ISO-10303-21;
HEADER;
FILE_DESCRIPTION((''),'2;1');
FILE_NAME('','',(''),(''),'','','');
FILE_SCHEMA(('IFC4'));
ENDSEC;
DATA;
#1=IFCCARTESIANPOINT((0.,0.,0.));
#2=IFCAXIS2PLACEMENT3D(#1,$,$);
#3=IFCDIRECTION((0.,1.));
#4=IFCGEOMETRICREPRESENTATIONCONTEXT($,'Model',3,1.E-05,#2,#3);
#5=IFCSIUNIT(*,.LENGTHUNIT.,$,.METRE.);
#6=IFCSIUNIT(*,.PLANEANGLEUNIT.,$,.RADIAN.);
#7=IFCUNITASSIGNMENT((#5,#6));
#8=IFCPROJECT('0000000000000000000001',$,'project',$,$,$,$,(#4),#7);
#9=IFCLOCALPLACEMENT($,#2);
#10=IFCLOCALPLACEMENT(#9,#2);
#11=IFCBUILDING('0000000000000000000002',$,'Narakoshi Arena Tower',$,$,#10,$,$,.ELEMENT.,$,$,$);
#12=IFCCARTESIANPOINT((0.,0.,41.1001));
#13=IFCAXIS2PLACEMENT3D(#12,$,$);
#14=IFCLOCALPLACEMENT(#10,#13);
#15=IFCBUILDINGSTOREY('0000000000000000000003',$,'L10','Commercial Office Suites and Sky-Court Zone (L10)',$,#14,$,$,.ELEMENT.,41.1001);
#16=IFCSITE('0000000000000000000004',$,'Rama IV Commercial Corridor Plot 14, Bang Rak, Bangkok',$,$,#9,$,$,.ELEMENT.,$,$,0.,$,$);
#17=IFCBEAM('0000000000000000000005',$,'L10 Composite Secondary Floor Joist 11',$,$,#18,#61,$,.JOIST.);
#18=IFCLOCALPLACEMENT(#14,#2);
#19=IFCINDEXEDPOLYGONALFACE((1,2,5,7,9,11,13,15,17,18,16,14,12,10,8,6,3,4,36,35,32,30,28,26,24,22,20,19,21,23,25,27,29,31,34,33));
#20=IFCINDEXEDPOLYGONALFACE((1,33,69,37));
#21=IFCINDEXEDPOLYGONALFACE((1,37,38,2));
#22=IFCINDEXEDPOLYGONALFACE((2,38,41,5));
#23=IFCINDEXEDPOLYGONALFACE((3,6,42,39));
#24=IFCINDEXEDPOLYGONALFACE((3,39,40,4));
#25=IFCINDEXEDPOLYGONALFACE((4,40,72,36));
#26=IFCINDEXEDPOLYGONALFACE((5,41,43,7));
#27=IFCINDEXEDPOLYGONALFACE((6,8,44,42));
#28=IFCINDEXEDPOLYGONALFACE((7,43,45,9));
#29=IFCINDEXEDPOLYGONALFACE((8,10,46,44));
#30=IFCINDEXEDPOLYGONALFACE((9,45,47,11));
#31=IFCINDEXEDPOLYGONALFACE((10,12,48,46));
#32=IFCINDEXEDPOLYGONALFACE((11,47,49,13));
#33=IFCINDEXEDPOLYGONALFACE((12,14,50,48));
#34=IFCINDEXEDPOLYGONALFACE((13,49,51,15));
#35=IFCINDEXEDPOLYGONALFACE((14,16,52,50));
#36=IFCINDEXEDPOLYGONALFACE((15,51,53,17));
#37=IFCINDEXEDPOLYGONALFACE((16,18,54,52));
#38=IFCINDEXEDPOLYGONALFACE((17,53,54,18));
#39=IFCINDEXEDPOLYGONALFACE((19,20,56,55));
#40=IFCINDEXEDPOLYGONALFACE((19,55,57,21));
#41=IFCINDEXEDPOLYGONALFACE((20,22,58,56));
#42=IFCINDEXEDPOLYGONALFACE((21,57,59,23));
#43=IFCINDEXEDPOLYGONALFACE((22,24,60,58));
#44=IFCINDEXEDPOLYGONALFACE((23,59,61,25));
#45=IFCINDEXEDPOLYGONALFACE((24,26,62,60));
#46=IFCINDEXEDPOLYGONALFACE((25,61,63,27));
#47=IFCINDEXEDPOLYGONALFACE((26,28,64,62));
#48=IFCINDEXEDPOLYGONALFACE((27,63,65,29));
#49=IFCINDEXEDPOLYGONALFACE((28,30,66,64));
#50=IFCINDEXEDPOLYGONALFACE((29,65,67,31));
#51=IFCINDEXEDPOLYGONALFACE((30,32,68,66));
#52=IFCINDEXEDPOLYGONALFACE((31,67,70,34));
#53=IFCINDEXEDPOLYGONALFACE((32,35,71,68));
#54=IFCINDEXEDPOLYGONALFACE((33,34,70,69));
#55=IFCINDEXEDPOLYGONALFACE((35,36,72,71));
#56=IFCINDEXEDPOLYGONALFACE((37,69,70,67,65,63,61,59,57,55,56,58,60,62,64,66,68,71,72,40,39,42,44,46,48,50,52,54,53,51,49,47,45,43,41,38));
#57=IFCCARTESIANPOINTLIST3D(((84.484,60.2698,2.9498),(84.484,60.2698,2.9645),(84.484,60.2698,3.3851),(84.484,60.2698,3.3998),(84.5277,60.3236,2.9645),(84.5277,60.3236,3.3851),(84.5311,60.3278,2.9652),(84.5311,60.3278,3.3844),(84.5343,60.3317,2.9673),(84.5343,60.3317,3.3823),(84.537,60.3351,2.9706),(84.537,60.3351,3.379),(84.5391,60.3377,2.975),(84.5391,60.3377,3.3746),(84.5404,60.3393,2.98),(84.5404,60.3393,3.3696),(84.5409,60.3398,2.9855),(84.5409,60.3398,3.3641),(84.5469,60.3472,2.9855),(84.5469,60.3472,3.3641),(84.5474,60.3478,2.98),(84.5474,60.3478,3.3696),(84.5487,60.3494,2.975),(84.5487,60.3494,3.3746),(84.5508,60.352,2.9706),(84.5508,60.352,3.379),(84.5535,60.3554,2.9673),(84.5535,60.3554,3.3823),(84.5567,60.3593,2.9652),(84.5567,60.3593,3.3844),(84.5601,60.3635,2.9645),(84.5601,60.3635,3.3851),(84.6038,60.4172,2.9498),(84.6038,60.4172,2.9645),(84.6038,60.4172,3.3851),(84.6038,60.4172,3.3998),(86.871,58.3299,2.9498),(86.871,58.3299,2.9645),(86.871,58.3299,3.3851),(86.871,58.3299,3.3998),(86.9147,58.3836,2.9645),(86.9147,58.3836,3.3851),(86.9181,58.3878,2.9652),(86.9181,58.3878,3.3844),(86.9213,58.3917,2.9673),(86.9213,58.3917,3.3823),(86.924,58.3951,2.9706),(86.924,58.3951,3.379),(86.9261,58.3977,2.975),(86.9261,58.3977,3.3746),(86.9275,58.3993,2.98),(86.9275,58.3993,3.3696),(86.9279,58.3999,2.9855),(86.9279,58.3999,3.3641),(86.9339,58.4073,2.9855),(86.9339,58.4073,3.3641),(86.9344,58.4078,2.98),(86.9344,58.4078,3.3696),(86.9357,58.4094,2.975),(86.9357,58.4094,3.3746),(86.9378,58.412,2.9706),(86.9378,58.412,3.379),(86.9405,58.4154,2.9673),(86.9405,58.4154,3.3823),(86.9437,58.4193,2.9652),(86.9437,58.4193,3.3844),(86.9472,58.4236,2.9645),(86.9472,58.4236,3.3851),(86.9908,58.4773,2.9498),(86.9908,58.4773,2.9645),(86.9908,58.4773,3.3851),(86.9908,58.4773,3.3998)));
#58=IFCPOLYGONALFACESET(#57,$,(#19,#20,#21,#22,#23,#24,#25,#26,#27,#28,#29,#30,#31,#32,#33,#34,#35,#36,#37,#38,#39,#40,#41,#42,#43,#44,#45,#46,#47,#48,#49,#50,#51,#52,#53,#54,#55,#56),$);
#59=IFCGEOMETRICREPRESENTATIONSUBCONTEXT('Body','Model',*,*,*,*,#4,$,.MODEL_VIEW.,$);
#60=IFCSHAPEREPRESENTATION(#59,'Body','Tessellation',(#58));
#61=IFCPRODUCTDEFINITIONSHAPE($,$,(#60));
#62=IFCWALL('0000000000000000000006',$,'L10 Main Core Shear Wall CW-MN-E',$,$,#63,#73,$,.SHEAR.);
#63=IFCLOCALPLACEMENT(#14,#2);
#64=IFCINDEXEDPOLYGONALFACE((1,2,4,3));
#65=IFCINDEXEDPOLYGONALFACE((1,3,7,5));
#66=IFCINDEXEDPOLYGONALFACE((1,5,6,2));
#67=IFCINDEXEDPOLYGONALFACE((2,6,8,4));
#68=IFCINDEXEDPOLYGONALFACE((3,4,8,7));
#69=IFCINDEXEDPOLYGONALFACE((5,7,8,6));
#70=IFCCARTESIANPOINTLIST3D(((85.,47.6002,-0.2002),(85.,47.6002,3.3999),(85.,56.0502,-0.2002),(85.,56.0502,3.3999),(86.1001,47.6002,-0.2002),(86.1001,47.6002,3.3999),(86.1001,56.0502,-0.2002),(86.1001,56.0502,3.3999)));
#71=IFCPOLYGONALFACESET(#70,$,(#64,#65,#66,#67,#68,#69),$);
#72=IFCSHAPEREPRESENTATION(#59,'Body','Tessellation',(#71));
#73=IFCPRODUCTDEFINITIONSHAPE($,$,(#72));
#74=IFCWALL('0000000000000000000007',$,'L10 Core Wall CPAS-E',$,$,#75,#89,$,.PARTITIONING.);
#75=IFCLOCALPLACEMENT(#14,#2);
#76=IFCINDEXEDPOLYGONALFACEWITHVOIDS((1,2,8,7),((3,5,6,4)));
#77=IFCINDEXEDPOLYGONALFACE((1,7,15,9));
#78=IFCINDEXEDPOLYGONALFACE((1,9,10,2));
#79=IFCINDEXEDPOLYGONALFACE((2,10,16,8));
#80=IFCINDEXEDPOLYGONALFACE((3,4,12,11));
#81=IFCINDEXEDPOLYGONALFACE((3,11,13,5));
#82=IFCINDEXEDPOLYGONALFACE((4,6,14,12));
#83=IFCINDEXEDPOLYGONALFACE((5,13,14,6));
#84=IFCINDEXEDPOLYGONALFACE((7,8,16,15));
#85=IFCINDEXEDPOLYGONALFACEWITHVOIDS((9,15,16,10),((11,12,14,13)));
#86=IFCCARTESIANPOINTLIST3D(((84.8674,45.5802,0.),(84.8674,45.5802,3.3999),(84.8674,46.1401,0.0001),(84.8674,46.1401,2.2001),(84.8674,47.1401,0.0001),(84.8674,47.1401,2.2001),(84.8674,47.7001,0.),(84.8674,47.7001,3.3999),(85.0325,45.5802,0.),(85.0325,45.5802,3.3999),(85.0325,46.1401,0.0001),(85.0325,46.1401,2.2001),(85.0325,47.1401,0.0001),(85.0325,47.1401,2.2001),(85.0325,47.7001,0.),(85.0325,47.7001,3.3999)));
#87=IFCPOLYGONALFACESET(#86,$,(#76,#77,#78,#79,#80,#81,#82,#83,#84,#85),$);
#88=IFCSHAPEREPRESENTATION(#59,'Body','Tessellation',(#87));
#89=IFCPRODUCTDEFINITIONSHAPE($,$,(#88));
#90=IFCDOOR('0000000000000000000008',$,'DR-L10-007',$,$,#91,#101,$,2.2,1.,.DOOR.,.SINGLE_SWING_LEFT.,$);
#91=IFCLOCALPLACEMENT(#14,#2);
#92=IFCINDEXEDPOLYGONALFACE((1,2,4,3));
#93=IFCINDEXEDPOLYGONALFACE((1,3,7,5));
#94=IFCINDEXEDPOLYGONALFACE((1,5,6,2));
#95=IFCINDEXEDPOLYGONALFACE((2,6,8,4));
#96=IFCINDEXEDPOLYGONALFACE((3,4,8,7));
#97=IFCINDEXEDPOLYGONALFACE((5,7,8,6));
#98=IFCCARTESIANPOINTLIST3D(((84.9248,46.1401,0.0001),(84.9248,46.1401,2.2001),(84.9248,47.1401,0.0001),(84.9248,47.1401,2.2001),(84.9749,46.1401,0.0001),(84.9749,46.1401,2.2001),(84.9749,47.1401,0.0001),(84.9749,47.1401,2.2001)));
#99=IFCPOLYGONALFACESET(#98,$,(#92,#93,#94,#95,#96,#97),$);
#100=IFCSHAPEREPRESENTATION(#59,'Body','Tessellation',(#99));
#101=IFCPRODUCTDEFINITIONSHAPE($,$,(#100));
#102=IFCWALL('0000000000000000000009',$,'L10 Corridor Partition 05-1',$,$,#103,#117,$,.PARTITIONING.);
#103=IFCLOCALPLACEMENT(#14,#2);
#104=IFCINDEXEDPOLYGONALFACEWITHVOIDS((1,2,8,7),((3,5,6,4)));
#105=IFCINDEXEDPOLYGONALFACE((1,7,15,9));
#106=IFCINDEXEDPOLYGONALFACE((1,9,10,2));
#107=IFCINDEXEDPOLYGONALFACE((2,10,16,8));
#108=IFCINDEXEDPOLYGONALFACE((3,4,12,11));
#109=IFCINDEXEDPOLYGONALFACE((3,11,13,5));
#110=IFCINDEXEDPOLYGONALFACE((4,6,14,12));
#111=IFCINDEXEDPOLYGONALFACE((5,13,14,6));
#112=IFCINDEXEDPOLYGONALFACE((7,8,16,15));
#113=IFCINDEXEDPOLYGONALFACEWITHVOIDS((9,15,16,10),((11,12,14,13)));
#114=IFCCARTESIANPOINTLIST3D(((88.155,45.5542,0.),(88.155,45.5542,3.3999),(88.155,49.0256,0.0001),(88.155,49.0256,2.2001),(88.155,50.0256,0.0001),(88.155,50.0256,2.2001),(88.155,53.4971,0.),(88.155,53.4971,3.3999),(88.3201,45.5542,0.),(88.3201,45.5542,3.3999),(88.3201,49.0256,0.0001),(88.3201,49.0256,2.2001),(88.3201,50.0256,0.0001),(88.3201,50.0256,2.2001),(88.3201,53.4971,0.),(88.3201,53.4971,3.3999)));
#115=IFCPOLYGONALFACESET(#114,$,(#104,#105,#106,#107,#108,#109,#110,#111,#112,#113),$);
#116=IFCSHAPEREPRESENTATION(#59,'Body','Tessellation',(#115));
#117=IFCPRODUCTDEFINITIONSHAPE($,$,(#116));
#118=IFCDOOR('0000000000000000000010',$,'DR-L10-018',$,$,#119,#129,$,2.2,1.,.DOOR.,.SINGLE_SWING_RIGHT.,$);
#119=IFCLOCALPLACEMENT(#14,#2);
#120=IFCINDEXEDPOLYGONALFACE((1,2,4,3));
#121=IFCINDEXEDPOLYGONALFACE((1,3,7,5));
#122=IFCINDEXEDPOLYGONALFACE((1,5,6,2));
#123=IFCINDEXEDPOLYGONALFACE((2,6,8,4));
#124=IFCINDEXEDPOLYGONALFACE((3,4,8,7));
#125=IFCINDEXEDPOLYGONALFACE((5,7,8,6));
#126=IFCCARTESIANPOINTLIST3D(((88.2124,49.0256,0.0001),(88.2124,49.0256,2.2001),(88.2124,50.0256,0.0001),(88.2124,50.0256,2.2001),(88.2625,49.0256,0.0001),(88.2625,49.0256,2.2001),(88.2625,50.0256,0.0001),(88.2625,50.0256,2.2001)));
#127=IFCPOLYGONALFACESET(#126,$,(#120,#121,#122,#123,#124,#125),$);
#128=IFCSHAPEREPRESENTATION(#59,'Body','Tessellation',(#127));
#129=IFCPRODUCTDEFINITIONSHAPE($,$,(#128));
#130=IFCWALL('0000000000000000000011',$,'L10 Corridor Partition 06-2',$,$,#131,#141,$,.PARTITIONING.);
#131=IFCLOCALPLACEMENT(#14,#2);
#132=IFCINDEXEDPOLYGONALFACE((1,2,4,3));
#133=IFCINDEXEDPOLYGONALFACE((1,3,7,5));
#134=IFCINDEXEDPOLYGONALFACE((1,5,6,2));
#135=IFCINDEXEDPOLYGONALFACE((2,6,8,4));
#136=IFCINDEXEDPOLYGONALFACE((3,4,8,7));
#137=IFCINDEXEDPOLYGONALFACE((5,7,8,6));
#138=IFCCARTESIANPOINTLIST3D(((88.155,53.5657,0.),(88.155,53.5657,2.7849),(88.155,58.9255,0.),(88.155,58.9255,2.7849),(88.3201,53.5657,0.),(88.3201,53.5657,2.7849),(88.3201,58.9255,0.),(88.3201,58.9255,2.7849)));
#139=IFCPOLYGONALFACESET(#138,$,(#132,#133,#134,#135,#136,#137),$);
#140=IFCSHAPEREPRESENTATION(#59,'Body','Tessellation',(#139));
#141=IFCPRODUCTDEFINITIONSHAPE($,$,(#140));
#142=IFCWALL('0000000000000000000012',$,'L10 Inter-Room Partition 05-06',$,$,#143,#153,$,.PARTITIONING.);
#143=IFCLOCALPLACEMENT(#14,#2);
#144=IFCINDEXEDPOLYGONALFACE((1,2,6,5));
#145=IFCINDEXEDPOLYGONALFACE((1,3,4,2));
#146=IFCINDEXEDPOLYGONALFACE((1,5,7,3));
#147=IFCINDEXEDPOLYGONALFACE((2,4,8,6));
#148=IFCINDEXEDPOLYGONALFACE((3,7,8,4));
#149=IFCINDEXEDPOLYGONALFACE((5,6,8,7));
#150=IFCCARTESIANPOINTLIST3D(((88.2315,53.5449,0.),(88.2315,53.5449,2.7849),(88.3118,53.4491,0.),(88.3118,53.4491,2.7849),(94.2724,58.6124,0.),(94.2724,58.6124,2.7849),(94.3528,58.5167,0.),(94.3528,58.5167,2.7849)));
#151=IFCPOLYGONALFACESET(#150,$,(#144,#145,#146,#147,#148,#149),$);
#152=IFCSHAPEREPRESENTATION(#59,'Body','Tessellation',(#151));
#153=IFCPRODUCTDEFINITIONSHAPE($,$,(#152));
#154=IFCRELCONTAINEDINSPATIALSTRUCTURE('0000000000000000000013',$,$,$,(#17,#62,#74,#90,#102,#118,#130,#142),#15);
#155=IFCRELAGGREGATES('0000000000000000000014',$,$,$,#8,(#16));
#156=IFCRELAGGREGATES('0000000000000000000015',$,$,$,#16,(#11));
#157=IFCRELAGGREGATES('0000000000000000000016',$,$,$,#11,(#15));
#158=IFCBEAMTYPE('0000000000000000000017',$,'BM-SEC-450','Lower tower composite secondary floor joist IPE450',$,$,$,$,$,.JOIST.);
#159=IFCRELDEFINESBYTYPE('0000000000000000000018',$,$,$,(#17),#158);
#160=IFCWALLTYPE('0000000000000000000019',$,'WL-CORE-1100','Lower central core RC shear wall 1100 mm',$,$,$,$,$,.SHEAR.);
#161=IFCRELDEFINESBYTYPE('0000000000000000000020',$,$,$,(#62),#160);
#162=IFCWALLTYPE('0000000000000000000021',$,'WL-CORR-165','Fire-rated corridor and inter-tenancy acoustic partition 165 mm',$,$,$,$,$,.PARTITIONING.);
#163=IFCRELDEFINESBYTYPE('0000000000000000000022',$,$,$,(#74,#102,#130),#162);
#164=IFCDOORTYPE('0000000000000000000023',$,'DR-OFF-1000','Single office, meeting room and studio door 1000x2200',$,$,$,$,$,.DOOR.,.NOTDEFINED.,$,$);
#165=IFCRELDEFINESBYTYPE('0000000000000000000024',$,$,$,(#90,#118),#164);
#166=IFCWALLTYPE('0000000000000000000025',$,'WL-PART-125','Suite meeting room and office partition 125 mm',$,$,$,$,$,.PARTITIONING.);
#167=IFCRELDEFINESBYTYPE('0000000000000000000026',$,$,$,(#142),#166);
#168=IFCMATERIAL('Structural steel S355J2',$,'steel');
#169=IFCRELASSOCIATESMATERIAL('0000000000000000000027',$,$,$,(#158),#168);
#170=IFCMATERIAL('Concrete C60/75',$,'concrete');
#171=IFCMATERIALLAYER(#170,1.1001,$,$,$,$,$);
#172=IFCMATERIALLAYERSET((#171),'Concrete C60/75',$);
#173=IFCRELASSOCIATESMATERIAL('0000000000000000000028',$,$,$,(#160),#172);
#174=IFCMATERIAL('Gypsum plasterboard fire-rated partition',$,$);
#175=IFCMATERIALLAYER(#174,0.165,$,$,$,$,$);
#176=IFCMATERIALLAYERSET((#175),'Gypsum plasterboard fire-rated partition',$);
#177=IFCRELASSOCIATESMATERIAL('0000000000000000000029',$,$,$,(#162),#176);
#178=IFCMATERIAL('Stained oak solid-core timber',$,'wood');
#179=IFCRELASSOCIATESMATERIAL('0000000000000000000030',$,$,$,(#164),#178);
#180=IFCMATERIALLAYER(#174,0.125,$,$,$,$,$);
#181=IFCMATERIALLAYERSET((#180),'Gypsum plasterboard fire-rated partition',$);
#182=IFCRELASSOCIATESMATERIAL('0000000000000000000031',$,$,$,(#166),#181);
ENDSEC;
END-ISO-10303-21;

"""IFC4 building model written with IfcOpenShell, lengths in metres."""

from ifc_helpers import new_model, si_unit, direction, frame, frame_2d, origin, origin_2d, place, context, subcontext, project, spatial, rectangle, i_section, extrude, material, layer, layer_set, material_profile, profile_set, type_object, element, fill, save


model = new_model("IFC4")

# Units and contexts
model_context = context("Model", 3, precision=1e-05, world=origin(), true_north=direction((0.0, 1.0)))
body_context = subcontext(model_context, "Body", "Model", "MODEL_VIEW")
ifc_project = project(units=[si_unit("LENGTHUNIT", "METRE"), si_unit("PLANEANGLEUNIT", "RADIAN")], contexts=[model_context])

# Site, building, storey
site_placement = place(None, origin())
site = spatial("IfcSite", under=ifc_project, at=site_placement, Name="Rama IV Commercial Corridor Plot 14, Bang Rak, Bangkok", CompositionType="ELEMENT", RefElevation=0.0)
building_placement = place(site_placement, origin())
building = spatial("IfcBuilding", under=site, at=building_placement, Name="Narakoshi Arena Tower", CompositionType="ELEMENT")
storey_placement = place(building_placement, frame((0.0, 0.0, 41.1001)))
storey = spatial("IfcBuildingStorey", under=building, at=storey_placement, Name="L10", Description="Commercial Office Suites and Sky-Court Zone (L10)", CompositionType="ELEMENT", Elevation=41.1001)

# Shared definitions
ifc_material_1 = material(Name="Concrete C60/75", Category="concrete")

# Beam
ifc_material_2 = material(Name="Structural steel S355J2", Category="steel")
ifc_material_profile_1 = material_profile(ifc_material_2, i_section(OverallWidth=0.1899, OverallDepth=0.45, WebThickness=0.0095, FlangeThickness=0.0146, FilletRadius=0.021, at=origin_2d()), Name="IPE450")
ifc_profile_set_1 = profile_set([ifc_material_profile_1], Name="Structural steel S355J2")
beam_type_1 = type_object("IfcBeamType", Name="BM-SEC-450", Description="Lower tower composite secondary floor joist IPE450", PredefinedType="JOIST", material=ifc_profile_set_1)
beam_1_placement = place(storey_placement, frame((86.9309, 58.4036, 3.1748), z_axis=(-0.776029, 0.630697, 0.0), x_axis=(-0.630697, -0.776029, 0.0)))
element("IfcBeam", 1, at=beam_1_placement, inside=storey, type_object=beam_type_1, Name="L10 Composite Secondary Floor Joist 11", PredefinedType="JOIST", context=body_context, shape_type="SweptSolid", body=[
    extrude(i_section(OverallWidth=0.1899, OverallDepth=0.45, WebThickness=0.0095, FlangeThickness=0.0146, FilletRadius=0.021, at=origin_2d()), origin(), (0.0, 0.0, 1.0), 3.0759),
])

# Wall
ifc_layer_1 = layer(ifc_material_1, 1.1001)
ifc_layer_set_1 = layer_set([ifc_layer_1], Name="Concrete C60/75")
wall_type_1 = type_object("IfcWallType", Name="WL-CORE-1100", Description="Lower central core RC shear wall 1100 mm", PredefinedType="SHEAR", material=ifc_layer_set_1)
wall_1_placement = place(storey_placement, frame((85.55, 47.6001, -0.2002), z_axis=(0.0, 0.0, 1.0), x_axis=(0.0, 1.0, 0.0)))
element("IfcWall", 2, at=wall_1_placement, inside=storey, type_object=wall_type_1, Name="L10 Main Core Shear Wall CW-MN-E", PredefinedType="SHEAR", context=body_context, shape_type="SweptSolid", body=[
    extrude(rectangle(XDim=8.45, YDim=1.1001, at=frame_2d((4.2251, 0.0))), origin(), (0.0, 0.0, 1.0), 3.6001),
])

# Walls, openings, doors
ifc_material_3 = material(Name="Gypsum plasterboard fire-rated partition")
ifc_layer_2 = layer(ifc_material_3, 0.165)
ifc_layer_set_2 = layer_set([ifc_layer_2], Name="Gypsum plasterboard fire-rated partition")
wall_type_2 = type_object("IfcWallType", Name="WL-CORR-165", Description="Fire-rated corridor and inter-tenancy acoustic partition 165 mm", PredefinedType="PARTITIONING", material=ifc_layer_set_2)
wall_2_placement = place(storey_placement, frame((84.95, 45.5801, 0.0), z_axis=(0.0, 0.0, 1.0), x_axis=(0.0, 1.0, 0.0)))
wall_2 = element("IfcWall", 3, at=wall_2_placement, inside=storey, type_object=wall_type_2, Name="L10 Core Wall CPAS-E", PredefinedType="PARTITIONING", context=body_context, shape_type="SweptSolid", body=[
    extrude(rectangle(XDim=2.1199, YDim=0.165, at=frame_2d((1.0601, 0.0))), origin(), (0.0, 0.0, 1.0), 3.3999),
])
opening_1_placement = place(wall_2_placement, frame((0.5601, 0.0, 0.0)))
opening_1 = element("IfcOpeningElement", 4, at=opening_1_placement, cuts=wall_2, PredefinedType="OPENING", context=body_context, shape_type="SweptSolid", body=[
    extrude(rectangle(XDim=1.0, YDim=2.2, at=frame_2d((0.5, 1.1001))), frame((0.0, 0.0925, 0.0), z_axis=(0.0, -1.0, 0.0), x_axis=(1.0, 0.0, 0.0)), (0.0, 0.0, 1.0), 0.1851),
])
ifc_material_4 = material(Name="Stained oak solid-core timber", Category="wood")
door_type_1 = type_object("IfcDoorType", Name="DR-OFF-1000", Description="Single office, meeting room and studio door 1000x2200", OperationType="NOTDEFINED", PredefinedType="DOOR", material=ifc_material_4)
door_1_placement = place(opening_1_placement, frame((1.0, 0.0, 0.0), z_axis=(0.0, 0.0, 1.0), x_axis=(-1.0, 0.0, 0.0)))
door_1 = element("IfcDoor", 5, at=door_1_placement, inside=storey, type_object=door_type_1, Name="DR-L10-007", OperationType="SINGLE_SWING_LEFT", OverallHeight=2.2, OverallWidth=1.0, PredefinedType="DOOR", context=body_context, shape_type="SweptSolid", body=[
    extrude(rectangle(XDim=1.0, YDim=2.2, at=frame_2d((0.5, 1.1001))), frame((0.0, 0.0249, 0.0), z_axis=(0.0, -1.0, 0.0), x_axis=(1.0, 0.0, 0.0)), (0.0, 0.0, 1.0), 0.05),
])
fill(opening_1, door_1)
wall_3_placement = place(storey_placement, frame((88.2375, 45.5542, 0.0), z_axis=(0.0, 0.0, 1.0), x_axis=(0.0, 1.0, 0.0)))
wall_3 = element("IfcWall", 6, at=wall_3_placement, inside=storey, type_object=wall_type_2, Name="L10 Corridor Partition 05-1", PredefinedType="PARTITIONING", context=body_context, shape_type="SweptSolid", body=[
    extrude(rectangle(XDim=7.9429, YDim=0.165, at=frame_2d((3.9714, 0.0))), origin(), (0.0, 0.0, 1.0), 3.3999),
])
opening_2_placement = place(wall_3_placement, frame((3.4714, 0.0, 0.0)))
opening_2 = element("IfcOpeningElement", 7, at=opening_2_placement, cuts=wall_3, PredefinedType="OPENING", context=body_context, shape_type="SweptSolid", body=[
    extrude(rectangle(XDim=1.0, YDim=2.2, at=frame_2d((0.5, 1.1001))), frame((0.0, 0.0925, 0.0), z_axis=(0.0, -1.0, 0.0), x_axis=(1.0, 0.0, 0.0)), (0.0, 0.0, 1.0), 0.1851),
])
door_2_placement = place(opening_2_placement, frame((1.0, 0.0, 0.0), z_axis=(0.0, 0.0, 1.0), x_axis=(-1.0, 0.0, 0.0)))
door_2 = element("IfcDoor", 8, at=door_2_placement, inside=storey, type_object=door_type_1, Name="DR-L10-018", OperationType="SINGLE_SWING_RIGHT", OverallHeight=2.2, OverallWidth=1.0, PredefinedType="DOOR", context=body_context, shape_type="SweptSolid", body=[
    extrude(rectangle(XDim=1.0, YDim=2.2, at=frame_2d((0.5, 1.1001))), frame((0.0, 0.0249, 0.0), z_axis=(0.0, -1.0, 0.0), x_axis=(1.0, 0.0, 0.0)), (0.0, 0.0, 1.0), 0.05),
])
fill(opening_2, door_2)

# Walls
wall_4_placement = place(storey_placement, frame((88.2375, 53.5657, 0.0), z_axis=(0.0, 0.0, 1.0), x_axis=(0.0, 1.0, 0.0)))
element("IfcWall", 9, at=wall_4_placement, inside=storey, type_object=wall_type_2, Name="L10 Corridor Partition 06-2", PredefinedType="PARTITIONING", context=body_context, shape_type="SweptSolid", body=[
    extrude(rectangle(XDim=5.3599, YDim=0.165, at=frame_2d((2.6799, 0.0))), origin(), (0.0, 0.0, 1.0), 2.7849),
])
ifc_layer_3 = layer(ifc_material_3, 0.125)
ifc_layer_set_3 = layer_set([ifc_layer_3], Name="Gypsum plasterboard fire-rated partition")
wall_type_3 = type_object("IfcWallType", Name="WL-PART-125", Description="Suite meeting room and office partition 125 mm", PredefinedType="PARTITIONING", material=ifc_layer_set_3)
wall_5_placement = place(storey_placement, frame((88.2717, 53.4971, 0.0), z_axis=(0.0, 0.0, 1.0), x_axis=(0.766131, 0.642684, 0.0)))
element("IfcWall", 10, at=wall_5_placement, inside=storey, type_object=wall_type_3, Name="L10 Inter-Room Partition 05-06", PredefinedType="PARTITIONING", context=body_context, shape_type="SweptSolid", body=[
    extrude(rectangle(XDim=7.885, YDim=0.125, at=frame_2d((3.9424, 0.0))), origin(), (0.0, 0.0, 1.0), 2.7849),
])

save(model, "model.ifc")
